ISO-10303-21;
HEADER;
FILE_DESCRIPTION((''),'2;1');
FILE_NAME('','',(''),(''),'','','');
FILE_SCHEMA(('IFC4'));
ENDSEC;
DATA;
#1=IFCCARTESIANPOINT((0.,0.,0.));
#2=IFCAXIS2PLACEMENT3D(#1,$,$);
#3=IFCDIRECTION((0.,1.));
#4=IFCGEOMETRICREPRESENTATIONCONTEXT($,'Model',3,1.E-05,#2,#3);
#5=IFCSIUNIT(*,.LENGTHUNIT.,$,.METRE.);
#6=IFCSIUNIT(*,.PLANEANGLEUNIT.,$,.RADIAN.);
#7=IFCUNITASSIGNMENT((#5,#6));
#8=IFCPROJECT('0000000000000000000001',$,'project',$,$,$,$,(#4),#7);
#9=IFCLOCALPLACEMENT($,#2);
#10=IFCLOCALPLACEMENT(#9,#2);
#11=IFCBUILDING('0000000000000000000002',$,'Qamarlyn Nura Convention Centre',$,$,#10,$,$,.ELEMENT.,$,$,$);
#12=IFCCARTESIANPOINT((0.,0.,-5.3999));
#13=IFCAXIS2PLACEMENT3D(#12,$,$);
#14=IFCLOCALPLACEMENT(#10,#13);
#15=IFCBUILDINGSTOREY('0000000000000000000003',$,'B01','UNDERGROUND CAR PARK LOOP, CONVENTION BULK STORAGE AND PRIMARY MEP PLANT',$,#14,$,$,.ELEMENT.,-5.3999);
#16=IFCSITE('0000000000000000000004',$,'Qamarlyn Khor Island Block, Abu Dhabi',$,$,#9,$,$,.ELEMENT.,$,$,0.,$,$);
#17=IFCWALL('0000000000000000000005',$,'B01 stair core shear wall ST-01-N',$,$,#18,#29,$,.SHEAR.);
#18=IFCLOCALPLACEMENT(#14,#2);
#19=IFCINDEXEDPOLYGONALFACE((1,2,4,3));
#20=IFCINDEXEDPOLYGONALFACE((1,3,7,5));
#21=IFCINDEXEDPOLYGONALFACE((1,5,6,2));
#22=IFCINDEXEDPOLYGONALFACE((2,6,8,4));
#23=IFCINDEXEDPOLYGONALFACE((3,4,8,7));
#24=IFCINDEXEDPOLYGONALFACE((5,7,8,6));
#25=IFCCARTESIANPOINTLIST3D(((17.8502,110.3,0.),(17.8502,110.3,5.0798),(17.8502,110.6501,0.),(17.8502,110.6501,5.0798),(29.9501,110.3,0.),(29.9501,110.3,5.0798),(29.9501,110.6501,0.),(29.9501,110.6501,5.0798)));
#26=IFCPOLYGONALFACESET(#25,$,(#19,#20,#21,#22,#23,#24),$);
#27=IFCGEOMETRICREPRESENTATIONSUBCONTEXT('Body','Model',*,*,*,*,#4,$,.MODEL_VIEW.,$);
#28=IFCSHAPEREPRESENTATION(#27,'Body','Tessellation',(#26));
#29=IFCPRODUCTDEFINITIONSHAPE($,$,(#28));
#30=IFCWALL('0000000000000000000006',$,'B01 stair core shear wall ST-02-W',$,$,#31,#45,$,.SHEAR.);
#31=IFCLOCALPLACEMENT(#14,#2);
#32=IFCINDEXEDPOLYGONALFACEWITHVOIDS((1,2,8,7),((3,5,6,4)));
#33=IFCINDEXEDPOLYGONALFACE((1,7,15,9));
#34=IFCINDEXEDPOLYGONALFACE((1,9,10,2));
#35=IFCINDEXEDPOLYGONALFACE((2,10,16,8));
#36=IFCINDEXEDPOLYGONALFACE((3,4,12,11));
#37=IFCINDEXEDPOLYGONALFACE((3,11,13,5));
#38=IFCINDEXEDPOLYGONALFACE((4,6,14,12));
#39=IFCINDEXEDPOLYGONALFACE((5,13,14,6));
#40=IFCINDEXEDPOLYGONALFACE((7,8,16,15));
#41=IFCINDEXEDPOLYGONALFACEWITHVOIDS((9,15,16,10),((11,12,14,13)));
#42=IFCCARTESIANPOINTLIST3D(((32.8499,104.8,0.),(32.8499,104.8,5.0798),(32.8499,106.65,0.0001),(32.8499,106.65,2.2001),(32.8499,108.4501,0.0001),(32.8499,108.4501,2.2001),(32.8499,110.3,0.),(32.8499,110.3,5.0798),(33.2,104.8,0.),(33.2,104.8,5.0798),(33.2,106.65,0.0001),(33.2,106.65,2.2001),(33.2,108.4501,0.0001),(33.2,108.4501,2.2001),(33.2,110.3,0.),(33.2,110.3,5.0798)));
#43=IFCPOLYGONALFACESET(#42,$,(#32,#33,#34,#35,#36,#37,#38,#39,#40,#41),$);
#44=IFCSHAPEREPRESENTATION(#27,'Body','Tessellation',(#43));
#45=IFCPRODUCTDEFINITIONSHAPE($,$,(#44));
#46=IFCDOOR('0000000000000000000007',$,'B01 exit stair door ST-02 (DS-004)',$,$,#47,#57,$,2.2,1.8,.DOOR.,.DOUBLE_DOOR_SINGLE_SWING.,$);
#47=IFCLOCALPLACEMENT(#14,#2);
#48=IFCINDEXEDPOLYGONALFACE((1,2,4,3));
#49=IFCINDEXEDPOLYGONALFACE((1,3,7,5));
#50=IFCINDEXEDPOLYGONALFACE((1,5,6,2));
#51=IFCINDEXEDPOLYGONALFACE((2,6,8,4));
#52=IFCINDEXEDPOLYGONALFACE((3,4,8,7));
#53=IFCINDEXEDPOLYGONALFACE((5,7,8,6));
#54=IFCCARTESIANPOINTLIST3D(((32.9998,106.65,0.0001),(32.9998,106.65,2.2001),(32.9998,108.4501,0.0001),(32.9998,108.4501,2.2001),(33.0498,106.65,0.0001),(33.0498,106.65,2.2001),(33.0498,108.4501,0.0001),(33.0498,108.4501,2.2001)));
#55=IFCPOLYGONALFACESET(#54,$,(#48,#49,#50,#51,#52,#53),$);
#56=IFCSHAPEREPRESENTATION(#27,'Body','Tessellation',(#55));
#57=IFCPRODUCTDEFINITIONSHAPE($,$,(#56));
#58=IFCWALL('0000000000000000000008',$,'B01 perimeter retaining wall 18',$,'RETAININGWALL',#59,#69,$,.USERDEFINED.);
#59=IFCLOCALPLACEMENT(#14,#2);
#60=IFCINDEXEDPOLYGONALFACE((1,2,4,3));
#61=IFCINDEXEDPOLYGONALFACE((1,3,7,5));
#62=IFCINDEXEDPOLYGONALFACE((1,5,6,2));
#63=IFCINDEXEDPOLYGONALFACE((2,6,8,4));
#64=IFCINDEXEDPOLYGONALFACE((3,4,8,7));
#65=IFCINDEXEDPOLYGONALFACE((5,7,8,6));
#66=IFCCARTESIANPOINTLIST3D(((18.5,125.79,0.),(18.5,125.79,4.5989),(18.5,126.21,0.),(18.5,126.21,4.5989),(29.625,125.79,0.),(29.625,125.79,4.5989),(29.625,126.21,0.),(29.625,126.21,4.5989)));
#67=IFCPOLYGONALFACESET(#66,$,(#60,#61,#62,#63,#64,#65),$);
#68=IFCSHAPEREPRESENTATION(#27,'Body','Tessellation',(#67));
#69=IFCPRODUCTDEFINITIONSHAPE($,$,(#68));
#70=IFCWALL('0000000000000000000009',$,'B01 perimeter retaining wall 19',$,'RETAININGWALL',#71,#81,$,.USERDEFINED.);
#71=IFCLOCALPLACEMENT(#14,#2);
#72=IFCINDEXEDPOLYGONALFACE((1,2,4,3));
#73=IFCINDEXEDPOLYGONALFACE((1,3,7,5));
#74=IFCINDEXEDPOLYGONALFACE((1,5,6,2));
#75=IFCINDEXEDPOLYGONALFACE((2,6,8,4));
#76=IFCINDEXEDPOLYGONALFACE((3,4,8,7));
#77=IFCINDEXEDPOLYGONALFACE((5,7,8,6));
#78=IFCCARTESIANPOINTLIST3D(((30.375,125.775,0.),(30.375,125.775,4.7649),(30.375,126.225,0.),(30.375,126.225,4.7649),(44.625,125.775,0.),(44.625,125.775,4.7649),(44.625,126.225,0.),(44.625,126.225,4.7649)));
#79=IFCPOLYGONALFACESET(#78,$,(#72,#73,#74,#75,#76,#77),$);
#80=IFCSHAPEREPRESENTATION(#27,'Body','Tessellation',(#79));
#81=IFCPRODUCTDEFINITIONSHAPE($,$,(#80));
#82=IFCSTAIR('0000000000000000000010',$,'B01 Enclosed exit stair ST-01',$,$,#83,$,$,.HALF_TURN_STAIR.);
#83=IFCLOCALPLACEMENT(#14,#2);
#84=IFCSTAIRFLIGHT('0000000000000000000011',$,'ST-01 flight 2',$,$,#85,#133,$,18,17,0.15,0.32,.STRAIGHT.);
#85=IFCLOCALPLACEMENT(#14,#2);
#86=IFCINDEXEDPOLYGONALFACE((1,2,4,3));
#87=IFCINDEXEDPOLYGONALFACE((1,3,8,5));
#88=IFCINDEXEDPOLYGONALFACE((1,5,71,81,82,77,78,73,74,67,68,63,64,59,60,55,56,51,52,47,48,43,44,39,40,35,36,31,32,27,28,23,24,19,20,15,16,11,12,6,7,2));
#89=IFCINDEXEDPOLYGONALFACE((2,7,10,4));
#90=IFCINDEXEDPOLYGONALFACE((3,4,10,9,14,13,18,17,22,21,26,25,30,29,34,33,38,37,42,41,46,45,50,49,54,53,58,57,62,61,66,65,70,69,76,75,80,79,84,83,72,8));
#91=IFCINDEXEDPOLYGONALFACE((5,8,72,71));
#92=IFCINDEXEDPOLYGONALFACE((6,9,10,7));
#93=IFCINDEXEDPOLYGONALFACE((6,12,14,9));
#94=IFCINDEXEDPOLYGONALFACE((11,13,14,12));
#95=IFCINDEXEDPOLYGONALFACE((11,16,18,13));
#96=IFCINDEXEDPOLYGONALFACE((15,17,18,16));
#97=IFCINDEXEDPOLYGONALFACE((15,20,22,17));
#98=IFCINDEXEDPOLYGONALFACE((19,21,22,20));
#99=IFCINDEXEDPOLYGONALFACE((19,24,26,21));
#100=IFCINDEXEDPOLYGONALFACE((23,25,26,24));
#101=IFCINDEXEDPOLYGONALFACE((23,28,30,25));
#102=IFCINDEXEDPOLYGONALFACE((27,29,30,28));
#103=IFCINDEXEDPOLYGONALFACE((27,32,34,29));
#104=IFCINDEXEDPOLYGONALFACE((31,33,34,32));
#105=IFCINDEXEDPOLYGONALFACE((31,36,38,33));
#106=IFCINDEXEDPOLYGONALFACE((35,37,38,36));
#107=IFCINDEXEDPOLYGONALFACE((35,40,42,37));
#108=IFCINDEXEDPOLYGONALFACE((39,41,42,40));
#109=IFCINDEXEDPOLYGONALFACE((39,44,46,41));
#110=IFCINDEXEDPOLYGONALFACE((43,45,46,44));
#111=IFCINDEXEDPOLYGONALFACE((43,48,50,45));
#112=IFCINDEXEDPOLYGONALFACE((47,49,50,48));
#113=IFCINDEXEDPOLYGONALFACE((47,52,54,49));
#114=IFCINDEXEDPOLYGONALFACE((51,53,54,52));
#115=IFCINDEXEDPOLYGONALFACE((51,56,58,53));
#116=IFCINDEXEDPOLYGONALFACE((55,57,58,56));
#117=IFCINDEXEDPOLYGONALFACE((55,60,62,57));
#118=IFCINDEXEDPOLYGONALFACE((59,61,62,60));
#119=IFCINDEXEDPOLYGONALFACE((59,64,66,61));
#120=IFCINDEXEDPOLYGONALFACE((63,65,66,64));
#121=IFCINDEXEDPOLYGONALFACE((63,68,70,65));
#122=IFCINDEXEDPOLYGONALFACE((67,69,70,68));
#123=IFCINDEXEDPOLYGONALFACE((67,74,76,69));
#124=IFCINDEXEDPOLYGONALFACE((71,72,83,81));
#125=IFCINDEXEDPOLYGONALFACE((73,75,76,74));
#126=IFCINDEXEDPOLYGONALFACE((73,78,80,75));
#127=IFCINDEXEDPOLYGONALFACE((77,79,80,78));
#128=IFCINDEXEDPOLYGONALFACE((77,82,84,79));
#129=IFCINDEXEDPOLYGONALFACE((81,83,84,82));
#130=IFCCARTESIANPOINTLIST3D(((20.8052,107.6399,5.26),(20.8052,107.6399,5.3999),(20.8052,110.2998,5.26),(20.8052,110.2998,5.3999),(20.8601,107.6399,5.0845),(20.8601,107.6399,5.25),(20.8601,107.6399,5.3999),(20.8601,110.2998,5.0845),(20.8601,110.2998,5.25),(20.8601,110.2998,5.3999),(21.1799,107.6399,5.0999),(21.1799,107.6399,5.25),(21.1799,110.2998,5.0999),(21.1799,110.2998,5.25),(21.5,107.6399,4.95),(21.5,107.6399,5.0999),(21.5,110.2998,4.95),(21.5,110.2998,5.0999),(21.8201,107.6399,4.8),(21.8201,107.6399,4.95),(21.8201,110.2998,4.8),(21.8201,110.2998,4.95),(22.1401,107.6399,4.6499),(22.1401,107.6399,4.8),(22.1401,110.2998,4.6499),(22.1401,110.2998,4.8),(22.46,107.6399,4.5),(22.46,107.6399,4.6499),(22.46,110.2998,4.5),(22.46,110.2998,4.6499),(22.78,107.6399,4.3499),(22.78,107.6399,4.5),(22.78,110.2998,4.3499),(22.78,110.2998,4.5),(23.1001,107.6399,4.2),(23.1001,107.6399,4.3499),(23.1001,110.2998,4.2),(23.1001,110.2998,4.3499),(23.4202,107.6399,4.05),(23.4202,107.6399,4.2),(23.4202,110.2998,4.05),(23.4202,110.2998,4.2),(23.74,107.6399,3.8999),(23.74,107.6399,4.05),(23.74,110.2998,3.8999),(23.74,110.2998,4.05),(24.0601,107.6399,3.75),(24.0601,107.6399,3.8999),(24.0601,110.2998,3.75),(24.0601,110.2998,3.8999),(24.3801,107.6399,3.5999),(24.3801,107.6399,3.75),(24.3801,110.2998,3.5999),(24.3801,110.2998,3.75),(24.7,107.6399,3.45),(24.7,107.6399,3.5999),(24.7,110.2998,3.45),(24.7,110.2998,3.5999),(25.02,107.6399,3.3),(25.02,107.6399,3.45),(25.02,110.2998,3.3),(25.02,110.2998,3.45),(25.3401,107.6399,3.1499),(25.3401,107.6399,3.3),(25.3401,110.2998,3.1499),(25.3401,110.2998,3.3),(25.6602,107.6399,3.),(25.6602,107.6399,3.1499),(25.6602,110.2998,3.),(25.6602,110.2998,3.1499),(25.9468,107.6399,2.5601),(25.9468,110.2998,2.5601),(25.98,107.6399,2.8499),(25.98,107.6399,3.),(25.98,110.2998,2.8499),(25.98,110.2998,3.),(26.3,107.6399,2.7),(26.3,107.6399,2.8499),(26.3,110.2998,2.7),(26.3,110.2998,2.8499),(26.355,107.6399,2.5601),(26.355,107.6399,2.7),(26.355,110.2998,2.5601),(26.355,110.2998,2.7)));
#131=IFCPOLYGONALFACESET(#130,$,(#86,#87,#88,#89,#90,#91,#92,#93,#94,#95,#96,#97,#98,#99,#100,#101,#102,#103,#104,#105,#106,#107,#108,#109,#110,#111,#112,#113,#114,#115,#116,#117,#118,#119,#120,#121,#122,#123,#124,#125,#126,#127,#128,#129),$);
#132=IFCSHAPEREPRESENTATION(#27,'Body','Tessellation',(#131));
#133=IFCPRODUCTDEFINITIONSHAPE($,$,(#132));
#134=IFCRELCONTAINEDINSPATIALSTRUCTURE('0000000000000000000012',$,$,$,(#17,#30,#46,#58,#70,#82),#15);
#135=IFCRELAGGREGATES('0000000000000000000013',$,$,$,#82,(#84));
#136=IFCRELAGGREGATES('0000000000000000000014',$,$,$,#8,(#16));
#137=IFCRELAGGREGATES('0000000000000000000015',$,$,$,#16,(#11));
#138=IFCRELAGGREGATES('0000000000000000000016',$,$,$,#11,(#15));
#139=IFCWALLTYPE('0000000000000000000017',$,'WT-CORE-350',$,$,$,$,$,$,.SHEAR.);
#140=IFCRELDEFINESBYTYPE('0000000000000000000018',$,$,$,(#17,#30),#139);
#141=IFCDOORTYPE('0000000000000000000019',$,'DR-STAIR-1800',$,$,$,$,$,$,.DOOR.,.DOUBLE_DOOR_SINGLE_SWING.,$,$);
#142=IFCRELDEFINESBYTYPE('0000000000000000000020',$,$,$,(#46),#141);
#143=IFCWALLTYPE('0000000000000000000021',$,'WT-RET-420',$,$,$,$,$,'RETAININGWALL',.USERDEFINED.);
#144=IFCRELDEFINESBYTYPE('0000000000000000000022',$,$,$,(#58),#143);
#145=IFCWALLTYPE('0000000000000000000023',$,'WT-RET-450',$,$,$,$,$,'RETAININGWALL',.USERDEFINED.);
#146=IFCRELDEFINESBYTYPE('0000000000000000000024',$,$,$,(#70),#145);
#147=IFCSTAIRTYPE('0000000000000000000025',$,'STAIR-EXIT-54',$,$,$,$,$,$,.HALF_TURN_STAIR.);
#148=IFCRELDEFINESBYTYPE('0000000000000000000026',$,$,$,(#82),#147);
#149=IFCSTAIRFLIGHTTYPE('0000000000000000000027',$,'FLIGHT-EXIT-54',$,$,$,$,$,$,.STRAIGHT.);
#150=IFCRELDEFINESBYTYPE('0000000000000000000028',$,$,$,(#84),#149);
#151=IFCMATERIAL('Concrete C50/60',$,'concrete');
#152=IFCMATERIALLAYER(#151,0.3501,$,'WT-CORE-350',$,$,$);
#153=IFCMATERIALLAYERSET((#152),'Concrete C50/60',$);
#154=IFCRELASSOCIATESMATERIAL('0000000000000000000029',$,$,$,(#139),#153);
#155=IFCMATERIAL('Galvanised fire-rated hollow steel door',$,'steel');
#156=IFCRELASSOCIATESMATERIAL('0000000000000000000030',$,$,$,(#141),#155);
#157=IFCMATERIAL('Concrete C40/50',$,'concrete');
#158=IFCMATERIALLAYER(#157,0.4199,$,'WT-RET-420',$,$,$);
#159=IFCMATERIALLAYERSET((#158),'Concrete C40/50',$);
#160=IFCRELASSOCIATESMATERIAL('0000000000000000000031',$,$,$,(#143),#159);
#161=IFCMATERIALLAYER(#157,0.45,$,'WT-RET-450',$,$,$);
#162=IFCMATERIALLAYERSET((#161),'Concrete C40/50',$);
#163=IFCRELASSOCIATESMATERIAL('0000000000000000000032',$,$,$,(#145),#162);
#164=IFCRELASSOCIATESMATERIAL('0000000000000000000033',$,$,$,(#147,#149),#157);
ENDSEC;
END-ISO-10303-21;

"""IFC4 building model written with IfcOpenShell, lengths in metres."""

from ifc_helpers import new_model, si_unit, direction, frame, frame_2d, origin, place, context, subcontext, project, spatial, polyline, rectangle, outline, extrude, material, layer, layer_set, type_object, element, fill, aggregate, save


model = new_model("IFC4")

# Units and contexts
model_context = context("Model", 3, precision=1e-05, world=origin(), true_north=direction((0.0, 1.0)))
body_context = subcontext(model_context, "Body", "Model", "MODEL_VIEW")
ifc_project = project(units=[si_unit("LENGTHUNIT", "METRE"), si_unit("PLANEANGLEUNIT", "RADIAN")], contexts=[model_context])

# Site, building, storey
site_placement = place(None, origin())
site = spatial("IfcSite", under=ifc_project, at=site_placement, Name="Qamarlyn Khor Island Block, Abu Dhabi", CompositionType="ELEMENT", RefElevation=0.0)
building_placement = place(site_placement, origin())
building = spatial("IfcBuilding", under=site, at=building_placement, Name="Qamarlyn Nura Convention Centre", CompositionType="ELEMENT")
storey_placement = place(building_placement, frame((0.0, 0.0, -5.3999)))
storey = spatial("IfcBuildingStorey", under=building, at=storey_placement, Name="B01", Description="UNDERGROUND CAR PARK LOOP, CONVENTION BULK STORAGE AND PRIMARY MEP PLANT", CompositionType="ELEMENT", Elevation=-5.3999)

# Shared definitions
ifc_material_1 = material(Name="Concrete C40/50", Category="concrete")

# Shared definitions
ifc_material_2 = material(Name="Concrete C50/60", Category="concrete")

# Wall
ifc_layer_1 = layer(ifc_material_2, 0.3501, Name="WT-CORE-350")
ifc_layer_set_1 = layer_set([ifc_layer_1], Name="Concrete C50/60")
wall_type_1 = type_object("IfcWallType", Name="WT-CORE-350", PredefinedType="SHEAR", material=ifc_layer_set_1)
wall_1_placement = place(storey_placement, frame((29.95, 110.4751, 0.0), z_axis=(0.0, 0.0, 1.0), x_axis=(-1.0, 0.0, 0.0)))
element("IfcWall", 1, at=wall_1_placement, inside=storey, type_object=wall_type_1, Name="B01 stair core shear wall ST-01-N", PredefinedType="SHEAR", context=body_context, shape_type="SweptSolid", body=[
    extrude(rectangle(XDim=12.0999, YDim=0.3501, at=frame_2d((6.0498, 0.0))), origin(), (0.0, 0.0, 1.0), 5.0798),
])

# Wall, opening, door
wall_2_placement = place(storey_placement, frame((33.0249, 110.3, 0.0), z_axis=(0.0, 0.0, 1.0), x_axis=(0.0, -1.0, 0.0)))
wall_2 = element("IfcWall", 2, at=wall_2_placement, inside=storey, type_object=wall_type_1, Name="B01 stair core shear wall ST-02-W", PredefinedType="SHEAR", context=body_context, shape_type="SweptSolid", body=[
    extrude(rectangle(XDim=5.5, YDim=0.3501, at=frame_2d((2.75, 0.0))), origin(), (0.0, 0.0, 1.0), 5.0798),
])
opening_placement = place(wall_2_placement, frame((1.8501, 0.0, 0.0)))
opening = element("IfcOpeningElement", 3, at=opening_placement, cuts=wall_2, PredefinedType="OPENING", context=body_context, shape_type="SweptSolid", body=[
    extrude(rectangle(XDim=1.8, YDim=2.2, at=frame_2d((0.8999, 1.1001))), frame((0.0, 0.1851, 0.0), z_axis=(0.0, -1.0, 0.0), x_axis=(1.0, 0.0, 0.0)), (0.0, 0.0, 1.0), 0.3701),
])
ifc_material_3 = material(Name="Galvanised fire-rated hollow steel door", Category="steel")
door_type = type_object("IfcDoorType", Name="DR-STAIR-1800", OperationType="DOUBLE_DOOR_SINGLE_SWING", PredefinedType="DOOR", material=ifc_material_3)
door_placement = place(opening_placement, origin())
door = element("IfcDoor", 4, at=door_placement, inside=storey, type_object=door_type, Name="B01 exit stair door ST-02 (DS-004)", OperationType="DOUBLE_DOOR_SINGLE_SWING", OverallHeight=2.2, OverallWidth=1.8, PredefinedType="DOOR", context=body_context, shape_type="SweptSolid", body=[
    extrude(rectangle(XDim=1.8, YDim=2.2, at=frame_2d((0.8999, 1.1001))), frame((0.0, 0.0249, 0.0), z_axis=(0.0, -1.0, 0.0), x_axis=(1.0, 0.0, 0.0)), (0.0, 0.0, 1.0), 0.05),
])
fill(opening, door)

# Walls
ifc_layer_2 = layer(ifc_material_1, 0.4199, Name="WT-RET-420")
ifc_layer_set_2 = layer_set([ifc_layer_2], Name="Concrete C40/50")
wall_type_2 = type_object("IfcWallType", Name="WT-RET-420", ElementType="RETAININGWALL", PredefinedType="USERDEFINED", material=ifc_layer_set_2)
wall_3_placement = place(storey_placement, frame((18.5, 126.0, 0.0), z_axis=(0.0, 0.0, 1.0), x_axis=(1.0, 0.0, 0.0)))
element("IfcWall", 5, at=wall_3_placement, inside=storey, type_object=wall_type_2, Name="B01 perimeter retaining wall 18", ObjectType="RETAININGWALL", PredefinedType="USERDEFINED", context=body_context, shape_type="SweptSolid", body=[
    extrude(rectangle(XDim=11.125, YDim=0.4199, at=frame_2d((5.5625, 0.0))), origin(), (0.0, 0.0, 1.0), 4.5989),
])
ifc_layer_3 = layer(ifc_material_1, 0.45, Name="WT-RET-450")
ifc_layer_set_3 = layer_set([ifc_layer_3], Name="Concrete C40/50")
wall_type_3 = type_object("IfcWallType", Name="WT-RET-450", ElementType="RETAININGWALL", PredefinedType="USERDEFINED", material=ifc_layer_set_3)
wall_4_placement = place(storey_placement, frame((30.375, 126.0, 0.0), z_axis=(0.0, 0.0, 1.0), x_axis=(1.0, 0.0, 0.0)))
element("IfcWall", 6, at=wall_4_placement, inside=storey, type_object=wall_type_3, Name="B01 perimeter retaining wall 19", ObjectType="RETAININGWALL", PredefinedType="USERDEFINED", context=body_context, shape_type="SweptSolid", body=[
    extrude(rectangle(XDim=14.25, YDim=0.45, at=frame_2d((7.125, 0.0))), origin(), (0.0, 0.0, 1.0), 4.7649),
])

# Stair, stair flight
stair_type = type_object("IfcStairType", Name="STAIR-EXIT-54", PredefinedType="HALF_TURN_STAIR", material=ifc_material_1)
stair_placement = place(storey_placement, origin())
stair = element("IfcStair", 7, at=stair_placement, inside=storey, type_object=stair_type, Name="B01 Enclosed exit stair ST-01", PredefinedType="HALF_TURN_STAIR")
stair_flight_type = type_object("IfcStairFlightType", Name="FLIGHT-EXIT-54", PredefinedType="STRAIGHT", material=ifc_material_1)
stair_flight_placement = place(storey_placement, frame((26.3, 108.97, 2.7), z_axis=(0.0, 0.0, 1.0), x_axis=(-1.0, 0.0, 0.0)))
stair_flight = element("IfcStairFlight", 8, at=stair_flight_placement, type_object=stair_flight_type, Name="ST-01 flight 2", NumberOfRisers=18, NumberOfTreads=17, PredefinedType="STRAIGHT", RiserHeight=0.15, TreadLength=0.32, context=body_context, shape_type="SweptSolid", body=[
    extrude(outline(polyline([(-0.0549, 0.0), (0.0, 0.0), (0.0, 0.1499), (0.3201, 0.1499), (0.3201, 0.3), (0.6399, 0.3), (0.6399, 0.45), (0.96, 0.45), (0.96, 0.6001), (1.28, 0.6001), (1.28, 0.75), (1.6001, 0.75), (1.6001, 0.8999), (1.9199, 0.8999), (1.9199, 1.05), (2.24, 1.05), (2.24, 1.2), (2.5601, 1.2), (2.5601, 1.3501), (2.8799, 1.3501), (2.8799, 1.5), (3.2, 1.5), (3.2, 1.6499), (3.52, 1.6499), (3.52, 1.8), (3.8401, 1.8), (3.8401, 1.95), (4.1599, 1.95), (4.1599, 2.1001), (4.48, 2.1001), (4.48, 2.25), (4.8, 2.25), (4.8, 2.3999), (5.1201, 2.3999), (5.1201, 2.55), (5.4399, 2.55), (5.4399, 2.7), (5.4949, 2.7), (5.4949, 2.5601), (5.4399, 2.3845), (0.3533, -0.1399), (-0.0549, -0.1399), (-0.0549, 0.0)])), frame((0.0, 1.3301, 0.0), z_axis=(0.0, -1.0, 0.0), x_axis=(1.0, 0.0, 0.0)), (0.0, 0.0, 1.0), 2.6599),
])
aggregate(stair, [stair_flight])

save(model, "model.ifc")
